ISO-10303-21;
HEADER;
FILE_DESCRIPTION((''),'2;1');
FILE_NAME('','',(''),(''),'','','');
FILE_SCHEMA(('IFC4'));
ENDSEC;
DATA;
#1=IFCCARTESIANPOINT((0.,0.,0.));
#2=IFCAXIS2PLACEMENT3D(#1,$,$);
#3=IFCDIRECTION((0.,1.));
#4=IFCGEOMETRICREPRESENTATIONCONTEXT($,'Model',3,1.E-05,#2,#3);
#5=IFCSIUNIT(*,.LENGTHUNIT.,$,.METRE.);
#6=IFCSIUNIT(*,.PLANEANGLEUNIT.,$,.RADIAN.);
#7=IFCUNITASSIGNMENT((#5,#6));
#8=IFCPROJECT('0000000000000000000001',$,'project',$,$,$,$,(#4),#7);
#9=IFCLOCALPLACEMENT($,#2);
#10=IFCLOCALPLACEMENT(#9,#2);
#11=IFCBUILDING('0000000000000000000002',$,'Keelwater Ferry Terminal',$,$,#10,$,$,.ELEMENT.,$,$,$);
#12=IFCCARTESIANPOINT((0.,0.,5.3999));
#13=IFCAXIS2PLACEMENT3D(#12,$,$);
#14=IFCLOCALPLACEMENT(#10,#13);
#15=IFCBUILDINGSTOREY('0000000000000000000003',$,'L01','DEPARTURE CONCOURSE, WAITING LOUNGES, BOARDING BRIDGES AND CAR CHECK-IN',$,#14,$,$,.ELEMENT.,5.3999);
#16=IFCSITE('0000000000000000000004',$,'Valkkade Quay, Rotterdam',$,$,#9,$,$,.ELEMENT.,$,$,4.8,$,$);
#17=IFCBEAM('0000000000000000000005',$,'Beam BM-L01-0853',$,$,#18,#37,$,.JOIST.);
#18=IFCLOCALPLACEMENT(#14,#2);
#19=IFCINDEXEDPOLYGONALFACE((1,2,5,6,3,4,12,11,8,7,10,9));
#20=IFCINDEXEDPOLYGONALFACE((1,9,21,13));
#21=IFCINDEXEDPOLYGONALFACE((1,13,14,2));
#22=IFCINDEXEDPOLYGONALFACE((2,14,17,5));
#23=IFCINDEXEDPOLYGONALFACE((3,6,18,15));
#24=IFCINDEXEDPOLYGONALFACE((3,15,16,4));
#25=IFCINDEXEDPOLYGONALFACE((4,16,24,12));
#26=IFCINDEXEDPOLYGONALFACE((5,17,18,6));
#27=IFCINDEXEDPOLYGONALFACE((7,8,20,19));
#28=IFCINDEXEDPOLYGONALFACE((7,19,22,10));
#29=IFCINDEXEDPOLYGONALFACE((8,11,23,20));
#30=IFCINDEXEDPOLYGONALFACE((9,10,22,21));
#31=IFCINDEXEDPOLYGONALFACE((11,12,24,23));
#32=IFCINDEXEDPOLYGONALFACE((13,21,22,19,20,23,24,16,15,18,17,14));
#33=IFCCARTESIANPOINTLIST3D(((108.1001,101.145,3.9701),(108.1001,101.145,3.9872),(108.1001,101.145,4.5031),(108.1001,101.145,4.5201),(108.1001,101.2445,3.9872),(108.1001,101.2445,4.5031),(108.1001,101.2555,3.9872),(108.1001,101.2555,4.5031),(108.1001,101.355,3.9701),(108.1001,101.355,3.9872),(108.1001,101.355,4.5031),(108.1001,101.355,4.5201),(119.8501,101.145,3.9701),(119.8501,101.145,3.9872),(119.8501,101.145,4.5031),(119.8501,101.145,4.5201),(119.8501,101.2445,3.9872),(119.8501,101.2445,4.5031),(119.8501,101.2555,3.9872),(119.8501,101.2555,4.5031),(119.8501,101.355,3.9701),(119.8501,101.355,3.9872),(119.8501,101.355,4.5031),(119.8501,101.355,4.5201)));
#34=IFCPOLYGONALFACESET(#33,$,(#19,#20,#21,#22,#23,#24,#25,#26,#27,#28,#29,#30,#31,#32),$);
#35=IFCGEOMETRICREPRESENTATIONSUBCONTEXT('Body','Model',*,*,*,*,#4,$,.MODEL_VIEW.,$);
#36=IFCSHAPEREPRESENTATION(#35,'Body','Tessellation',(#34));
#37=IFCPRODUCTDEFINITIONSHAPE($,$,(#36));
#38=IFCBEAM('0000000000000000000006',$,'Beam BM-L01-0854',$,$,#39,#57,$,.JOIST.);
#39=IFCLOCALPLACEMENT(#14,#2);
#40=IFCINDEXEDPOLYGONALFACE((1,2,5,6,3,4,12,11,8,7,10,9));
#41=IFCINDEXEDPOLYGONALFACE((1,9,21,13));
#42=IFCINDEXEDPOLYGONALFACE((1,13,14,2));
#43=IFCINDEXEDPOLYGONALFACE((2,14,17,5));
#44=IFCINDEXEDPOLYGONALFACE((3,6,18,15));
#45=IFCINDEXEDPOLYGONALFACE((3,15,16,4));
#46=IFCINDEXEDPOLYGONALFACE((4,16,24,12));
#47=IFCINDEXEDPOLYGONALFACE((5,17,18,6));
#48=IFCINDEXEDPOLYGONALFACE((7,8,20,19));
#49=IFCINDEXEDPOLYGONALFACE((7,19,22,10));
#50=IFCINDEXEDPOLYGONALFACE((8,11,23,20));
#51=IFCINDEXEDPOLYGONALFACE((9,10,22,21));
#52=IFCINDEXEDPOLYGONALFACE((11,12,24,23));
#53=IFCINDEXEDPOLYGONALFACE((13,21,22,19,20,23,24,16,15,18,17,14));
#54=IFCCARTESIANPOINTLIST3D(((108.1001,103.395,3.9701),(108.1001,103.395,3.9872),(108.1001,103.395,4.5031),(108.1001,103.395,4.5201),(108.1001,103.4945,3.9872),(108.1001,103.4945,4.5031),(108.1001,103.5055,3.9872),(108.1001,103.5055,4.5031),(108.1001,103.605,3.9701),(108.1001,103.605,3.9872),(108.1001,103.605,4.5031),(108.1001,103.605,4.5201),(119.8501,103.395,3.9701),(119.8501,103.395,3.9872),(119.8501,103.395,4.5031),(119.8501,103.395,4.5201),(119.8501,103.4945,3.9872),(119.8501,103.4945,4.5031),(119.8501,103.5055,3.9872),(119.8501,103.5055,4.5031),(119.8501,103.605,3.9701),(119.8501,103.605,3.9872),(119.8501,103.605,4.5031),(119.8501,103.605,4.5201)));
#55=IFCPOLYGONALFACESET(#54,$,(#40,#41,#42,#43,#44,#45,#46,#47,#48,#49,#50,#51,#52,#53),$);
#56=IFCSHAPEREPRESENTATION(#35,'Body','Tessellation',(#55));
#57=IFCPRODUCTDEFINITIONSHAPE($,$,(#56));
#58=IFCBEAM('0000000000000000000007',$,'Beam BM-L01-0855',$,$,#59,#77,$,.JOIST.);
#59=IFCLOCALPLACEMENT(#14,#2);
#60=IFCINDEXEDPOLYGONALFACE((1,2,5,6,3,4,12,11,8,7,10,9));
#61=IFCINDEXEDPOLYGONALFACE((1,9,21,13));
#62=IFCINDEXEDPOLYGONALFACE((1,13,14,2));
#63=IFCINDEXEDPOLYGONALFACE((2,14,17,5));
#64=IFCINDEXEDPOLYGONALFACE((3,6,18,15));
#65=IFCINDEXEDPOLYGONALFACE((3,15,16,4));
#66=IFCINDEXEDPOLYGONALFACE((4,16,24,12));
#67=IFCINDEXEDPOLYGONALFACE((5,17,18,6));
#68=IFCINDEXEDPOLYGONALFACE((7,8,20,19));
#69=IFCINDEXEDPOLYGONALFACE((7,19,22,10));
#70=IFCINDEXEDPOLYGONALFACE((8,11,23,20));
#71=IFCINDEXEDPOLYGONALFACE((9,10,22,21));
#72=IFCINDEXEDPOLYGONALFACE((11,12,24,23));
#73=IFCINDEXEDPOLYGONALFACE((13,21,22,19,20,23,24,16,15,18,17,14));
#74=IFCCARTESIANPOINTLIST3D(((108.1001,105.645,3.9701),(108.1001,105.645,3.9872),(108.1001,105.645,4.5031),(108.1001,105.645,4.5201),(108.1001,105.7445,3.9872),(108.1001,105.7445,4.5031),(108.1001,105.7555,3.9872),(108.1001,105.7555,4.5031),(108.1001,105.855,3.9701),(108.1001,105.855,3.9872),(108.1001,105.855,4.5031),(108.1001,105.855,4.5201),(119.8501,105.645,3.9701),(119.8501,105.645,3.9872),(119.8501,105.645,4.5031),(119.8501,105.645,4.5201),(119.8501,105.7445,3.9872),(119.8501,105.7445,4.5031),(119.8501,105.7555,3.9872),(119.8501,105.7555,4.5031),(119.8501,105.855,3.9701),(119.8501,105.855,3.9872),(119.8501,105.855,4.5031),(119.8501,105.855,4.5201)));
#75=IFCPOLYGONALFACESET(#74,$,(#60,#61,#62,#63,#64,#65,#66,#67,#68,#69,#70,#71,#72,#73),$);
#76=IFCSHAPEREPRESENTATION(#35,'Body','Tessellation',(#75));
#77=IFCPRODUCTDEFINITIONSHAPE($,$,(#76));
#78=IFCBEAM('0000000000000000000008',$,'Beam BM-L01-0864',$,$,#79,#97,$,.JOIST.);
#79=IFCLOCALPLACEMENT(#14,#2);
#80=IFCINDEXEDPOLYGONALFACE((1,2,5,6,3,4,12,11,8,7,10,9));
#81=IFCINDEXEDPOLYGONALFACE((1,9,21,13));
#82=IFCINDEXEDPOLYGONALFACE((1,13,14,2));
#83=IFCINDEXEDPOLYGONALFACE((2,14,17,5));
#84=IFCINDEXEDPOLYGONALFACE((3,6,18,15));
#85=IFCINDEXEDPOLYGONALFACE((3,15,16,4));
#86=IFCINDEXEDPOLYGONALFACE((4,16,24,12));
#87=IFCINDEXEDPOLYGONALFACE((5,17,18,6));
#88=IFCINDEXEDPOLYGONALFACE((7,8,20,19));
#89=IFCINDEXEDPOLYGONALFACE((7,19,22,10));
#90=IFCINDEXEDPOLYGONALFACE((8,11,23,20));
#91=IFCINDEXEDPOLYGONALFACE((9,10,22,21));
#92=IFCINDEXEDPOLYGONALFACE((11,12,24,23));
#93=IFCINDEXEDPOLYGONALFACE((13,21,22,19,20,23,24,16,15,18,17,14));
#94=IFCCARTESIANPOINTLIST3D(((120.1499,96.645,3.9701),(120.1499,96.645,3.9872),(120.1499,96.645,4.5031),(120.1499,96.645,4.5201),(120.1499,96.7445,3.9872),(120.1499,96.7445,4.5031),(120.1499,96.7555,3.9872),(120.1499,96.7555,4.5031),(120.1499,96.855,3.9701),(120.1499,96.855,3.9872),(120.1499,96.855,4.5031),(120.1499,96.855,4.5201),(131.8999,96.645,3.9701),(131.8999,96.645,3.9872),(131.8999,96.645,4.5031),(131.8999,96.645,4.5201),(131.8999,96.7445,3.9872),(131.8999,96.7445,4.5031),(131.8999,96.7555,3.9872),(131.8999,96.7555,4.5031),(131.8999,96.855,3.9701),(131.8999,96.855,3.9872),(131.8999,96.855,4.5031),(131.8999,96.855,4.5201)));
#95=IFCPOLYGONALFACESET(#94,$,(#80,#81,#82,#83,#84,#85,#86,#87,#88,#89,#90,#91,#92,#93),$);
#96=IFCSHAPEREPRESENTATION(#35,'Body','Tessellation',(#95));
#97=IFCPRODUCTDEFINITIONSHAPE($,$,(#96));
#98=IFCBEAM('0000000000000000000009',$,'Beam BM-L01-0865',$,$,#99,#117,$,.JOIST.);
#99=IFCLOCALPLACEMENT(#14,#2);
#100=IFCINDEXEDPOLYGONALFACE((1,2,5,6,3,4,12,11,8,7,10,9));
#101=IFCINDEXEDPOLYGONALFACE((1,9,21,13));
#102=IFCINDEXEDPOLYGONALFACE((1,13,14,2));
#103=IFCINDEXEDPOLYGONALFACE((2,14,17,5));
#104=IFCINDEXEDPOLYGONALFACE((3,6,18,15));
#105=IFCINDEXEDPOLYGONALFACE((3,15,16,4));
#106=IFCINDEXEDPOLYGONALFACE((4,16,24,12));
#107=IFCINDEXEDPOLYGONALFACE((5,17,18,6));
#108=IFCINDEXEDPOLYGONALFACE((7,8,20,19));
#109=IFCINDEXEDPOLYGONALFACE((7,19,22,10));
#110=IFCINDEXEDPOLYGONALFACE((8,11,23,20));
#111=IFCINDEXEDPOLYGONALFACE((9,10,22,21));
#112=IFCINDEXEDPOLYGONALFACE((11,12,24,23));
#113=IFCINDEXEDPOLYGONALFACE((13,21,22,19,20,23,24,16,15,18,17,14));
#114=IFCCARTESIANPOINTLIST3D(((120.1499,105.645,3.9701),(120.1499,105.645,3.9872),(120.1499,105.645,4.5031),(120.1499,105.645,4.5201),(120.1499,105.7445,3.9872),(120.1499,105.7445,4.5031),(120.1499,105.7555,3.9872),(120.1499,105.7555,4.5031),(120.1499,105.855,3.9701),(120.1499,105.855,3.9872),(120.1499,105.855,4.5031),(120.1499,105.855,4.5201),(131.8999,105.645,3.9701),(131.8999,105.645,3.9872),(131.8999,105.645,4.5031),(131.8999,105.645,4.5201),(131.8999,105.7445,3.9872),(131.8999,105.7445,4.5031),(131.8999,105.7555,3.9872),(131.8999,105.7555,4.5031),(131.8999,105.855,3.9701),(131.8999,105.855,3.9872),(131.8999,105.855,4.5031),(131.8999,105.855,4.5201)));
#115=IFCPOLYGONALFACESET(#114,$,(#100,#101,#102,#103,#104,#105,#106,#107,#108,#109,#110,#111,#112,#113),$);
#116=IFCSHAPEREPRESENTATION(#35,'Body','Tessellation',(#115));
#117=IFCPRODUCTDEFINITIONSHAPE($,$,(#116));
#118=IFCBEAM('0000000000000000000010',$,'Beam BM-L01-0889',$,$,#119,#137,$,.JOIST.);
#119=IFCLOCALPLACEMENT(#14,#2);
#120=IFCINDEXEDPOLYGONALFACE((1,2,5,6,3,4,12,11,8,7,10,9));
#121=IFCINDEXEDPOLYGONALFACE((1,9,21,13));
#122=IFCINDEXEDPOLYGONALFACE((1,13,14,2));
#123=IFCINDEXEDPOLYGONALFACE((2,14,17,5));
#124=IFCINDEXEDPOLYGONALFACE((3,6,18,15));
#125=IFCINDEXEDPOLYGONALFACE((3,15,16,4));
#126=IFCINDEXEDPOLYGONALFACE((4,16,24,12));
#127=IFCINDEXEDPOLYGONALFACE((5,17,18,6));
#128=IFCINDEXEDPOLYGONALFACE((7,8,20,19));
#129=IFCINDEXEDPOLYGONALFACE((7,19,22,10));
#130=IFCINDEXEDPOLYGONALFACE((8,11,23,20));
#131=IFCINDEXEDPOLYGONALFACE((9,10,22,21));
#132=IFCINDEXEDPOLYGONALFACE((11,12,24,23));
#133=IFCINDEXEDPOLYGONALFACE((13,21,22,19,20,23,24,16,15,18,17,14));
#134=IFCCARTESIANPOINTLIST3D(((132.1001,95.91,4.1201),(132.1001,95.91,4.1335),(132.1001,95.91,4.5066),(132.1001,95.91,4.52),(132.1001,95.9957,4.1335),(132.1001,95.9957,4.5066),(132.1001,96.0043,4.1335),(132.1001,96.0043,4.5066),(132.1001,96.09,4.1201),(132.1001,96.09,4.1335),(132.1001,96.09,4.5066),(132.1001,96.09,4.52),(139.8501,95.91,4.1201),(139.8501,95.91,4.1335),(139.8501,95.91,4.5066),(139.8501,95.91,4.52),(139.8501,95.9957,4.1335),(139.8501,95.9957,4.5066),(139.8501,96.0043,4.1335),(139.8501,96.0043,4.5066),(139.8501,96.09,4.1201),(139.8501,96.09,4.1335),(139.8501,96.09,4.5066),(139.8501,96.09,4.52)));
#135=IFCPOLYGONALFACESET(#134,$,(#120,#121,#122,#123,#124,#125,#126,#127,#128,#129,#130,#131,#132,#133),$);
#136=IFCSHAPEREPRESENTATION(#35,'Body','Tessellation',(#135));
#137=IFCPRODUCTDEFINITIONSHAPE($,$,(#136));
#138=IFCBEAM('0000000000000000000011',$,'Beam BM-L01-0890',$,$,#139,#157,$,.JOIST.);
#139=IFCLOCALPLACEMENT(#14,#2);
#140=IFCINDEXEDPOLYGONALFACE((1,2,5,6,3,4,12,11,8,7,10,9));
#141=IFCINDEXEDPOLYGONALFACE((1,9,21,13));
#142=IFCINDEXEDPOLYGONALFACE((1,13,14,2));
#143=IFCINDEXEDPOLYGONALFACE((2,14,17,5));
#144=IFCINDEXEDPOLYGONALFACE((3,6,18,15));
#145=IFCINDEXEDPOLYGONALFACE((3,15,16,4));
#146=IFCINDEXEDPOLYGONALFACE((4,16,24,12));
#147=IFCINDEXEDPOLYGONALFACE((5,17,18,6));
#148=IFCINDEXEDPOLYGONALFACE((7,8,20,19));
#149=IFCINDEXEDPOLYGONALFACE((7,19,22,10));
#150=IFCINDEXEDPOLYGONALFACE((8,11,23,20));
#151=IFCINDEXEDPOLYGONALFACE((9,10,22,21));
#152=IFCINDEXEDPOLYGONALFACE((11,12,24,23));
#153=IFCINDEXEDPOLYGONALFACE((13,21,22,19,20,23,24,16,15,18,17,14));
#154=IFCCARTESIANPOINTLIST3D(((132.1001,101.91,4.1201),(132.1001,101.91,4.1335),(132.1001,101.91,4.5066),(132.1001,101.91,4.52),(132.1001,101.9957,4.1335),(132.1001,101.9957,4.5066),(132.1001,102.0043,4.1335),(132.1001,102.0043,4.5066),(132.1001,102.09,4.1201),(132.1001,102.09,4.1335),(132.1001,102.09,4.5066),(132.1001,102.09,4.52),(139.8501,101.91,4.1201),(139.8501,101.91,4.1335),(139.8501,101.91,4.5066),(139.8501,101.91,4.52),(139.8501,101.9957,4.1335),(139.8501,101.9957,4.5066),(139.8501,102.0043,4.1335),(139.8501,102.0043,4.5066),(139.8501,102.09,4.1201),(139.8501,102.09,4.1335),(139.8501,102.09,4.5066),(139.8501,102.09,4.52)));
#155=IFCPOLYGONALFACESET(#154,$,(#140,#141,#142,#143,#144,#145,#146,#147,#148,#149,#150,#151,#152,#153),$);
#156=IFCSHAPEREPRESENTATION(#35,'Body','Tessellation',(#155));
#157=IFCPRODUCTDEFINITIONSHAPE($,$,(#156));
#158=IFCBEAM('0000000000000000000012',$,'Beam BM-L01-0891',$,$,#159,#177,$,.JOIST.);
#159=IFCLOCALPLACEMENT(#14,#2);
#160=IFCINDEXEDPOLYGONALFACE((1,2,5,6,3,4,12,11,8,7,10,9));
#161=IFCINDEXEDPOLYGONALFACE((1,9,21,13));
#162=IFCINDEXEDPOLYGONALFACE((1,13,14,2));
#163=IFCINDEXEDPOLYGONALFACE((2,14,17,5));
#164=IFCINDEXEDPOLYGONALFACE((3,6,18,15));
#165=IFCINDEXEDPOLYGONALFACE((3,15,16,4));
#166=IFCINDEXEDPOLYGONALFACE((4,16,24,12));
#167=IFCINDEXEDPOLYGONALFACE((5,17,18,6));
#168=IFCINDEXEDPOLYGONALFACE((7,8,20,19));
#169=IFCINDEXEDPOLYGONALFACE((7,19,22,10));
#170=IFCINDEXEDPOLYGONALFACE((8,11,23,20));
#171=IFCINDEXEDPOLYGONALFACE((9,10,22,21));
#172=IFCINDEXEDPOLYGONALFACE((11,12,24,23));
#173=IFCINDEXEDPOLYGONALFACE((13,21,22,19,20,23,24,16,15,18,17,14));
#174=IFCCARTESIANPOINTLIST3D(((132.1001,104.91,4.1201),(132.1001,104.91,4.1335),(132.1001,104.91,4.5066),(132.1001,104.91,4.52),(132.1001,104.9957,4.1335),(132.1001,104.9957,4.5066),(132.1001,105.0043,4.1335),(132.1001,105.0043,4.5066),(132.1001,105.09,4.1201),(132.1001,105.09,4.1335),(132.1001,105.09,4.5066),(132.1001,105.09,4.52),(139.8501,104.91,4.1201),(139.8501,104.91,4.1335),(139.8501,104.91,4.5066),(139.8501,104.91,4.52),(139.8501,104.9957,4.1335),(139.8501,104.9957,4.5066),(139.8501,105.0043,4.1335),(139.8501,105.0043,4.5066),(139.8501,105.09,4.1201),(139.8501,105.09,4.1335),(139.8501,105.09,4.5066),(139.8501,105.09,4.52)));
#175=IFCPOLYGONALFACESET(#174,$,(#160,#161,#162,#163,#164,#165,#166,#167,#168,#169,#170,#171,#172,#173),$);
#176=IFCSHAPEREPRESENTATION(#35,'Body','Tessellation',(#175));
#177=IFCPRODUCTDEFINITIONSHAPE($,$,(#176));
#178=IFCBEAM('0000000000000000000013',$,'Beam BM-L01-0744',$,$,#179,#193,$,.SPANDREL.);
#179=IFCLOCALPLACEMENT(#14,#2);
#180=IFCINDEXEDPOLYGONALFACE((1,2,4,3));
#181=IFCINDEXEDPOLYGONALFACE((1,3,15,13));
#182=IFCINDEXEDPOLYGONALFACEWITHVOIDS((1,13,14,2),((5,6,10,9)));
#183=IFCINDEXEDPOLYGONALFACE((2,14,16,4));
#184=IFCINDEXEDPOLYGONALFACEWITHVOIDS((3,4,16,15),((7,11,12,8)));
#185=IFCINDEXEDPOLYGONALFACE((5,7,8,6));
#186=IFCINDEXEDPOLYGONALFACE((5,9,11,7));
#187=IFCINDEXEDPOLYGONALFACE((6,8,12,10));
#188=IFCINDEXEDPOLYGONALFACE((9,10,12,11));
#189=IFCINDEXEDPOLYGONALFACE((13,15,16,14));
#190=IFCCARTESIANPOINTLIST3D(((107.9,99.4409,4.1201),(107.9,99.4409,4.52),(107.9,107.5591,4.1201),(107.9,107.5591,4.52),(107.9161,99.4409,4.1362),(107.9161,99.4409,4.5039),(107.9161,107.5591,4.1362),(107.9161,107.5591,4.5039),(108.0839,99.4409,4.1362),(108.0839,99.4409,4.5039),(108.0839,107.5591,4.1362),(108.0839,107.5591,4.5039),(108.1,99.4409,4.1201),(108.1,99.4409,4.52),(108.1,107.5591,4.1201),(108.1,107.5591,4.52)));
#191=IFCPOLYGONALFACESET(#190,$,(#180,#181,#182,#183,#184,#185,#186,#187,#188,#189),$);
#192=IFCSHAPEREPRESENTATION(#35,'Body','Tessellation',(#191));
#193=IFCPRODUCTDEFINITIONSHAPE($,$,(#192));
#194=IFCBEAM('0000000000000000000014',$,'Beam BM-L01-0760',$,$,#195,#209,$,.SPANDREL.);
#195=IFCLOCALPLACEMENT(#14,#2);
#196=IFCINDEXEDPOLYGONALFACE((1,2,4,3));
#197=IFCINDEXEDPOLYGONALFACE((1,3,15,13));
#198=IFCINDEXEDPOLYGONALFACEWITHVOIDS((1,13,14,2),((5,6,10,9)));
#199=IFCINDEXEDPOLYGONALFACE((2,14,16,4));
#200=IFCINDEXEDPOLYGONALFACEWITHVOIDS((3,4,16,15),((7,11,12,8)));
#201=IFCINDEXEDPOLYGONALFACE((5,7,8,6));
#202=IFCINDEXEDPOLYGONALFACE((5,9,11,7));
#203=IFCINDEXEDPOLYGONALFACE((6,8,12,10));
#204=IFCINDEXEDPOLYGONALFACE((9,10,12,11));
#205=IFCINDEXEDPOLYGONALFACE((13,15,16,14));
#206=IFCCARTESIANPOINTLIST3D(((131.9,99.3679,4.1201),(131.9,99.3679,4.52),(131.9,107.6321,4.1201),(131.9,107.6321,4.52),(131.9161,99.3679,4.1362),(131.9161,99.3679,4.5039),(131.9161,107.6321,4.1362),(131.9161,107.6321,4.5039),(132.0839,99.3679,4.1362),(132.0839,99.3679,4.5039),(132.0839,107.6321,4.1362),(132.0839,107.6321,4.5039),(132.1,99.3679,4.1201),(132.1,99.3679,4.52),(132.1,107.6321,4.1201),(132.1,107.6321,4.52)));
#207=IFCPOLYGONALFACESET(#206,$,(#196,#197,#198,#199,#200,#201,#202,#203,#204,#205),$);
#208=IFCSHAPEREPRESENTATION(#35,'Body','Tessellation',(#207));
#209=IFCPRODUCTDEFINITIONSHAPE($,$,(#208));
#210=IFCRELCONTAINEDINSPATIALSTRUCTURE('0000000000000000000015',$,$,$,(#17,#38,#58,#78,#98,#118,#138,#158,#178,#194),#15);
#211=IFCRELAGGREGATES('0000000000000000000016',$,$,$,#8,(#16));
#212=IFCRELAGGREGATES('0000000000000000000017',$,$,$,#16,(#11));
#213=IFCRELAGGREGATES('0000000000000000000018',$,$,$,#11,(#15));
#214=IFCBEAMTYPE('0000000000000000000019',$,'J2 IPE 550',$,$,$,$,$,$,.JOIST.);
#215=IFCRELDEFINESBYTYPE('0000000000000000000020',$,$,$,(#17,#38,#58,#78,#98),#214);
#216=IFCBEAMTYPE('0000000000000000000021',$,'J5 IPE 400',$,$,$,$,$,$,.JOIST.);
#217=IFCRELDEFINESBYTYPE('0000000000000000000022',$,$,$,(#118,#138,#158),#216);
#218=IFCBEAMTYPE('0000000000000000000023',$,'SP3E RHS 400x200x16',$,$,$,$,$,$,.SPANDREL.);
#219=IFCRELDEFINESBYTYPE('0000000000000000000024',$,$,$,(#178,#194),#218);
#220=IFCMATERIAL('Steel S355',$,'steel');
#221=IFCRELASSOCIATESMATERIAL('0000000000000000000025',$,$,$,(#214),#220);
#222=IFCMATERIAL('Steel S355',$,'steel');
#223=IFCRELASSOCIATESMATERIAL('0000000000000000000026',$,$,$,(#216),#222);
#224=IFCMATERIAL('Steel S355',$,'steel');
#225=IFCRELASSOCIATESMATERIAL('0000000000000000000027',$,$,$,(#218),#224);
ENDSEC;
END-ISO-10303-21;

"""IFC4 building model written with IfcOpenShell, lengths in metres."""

from ifc_helpers import new_model, si_unit, direction, frame, origin, origin_2d, place, context, subcontext, project, spatial, hollow_rectangle, i_section, extrude, material, material_profile, profile_set, type_object, element, save


model = new_model("IFC4")

# Units and contexts
model_context = context("Model", 3, precision=1e-05, world=origin(), true_north=direction((0.0, 1.0)))
body_context = subcontext(model_context, "Body", "Model", "MODEL_VIEW")
ifc_project = project(units=[si_unit("LENGTHUNIT", "METRE"), si_unit("PLANEANGLEUNIT", "RADIAN")], contexts=[model_context])

# Site, building, storey
site_placement = place(None, origin())
site = spatial("IfcSite", under=ifc_project, at=site_placement, Name="Valkkade Quay, Rotterdam", CompositionType="ELEMENT", RefElevation=4.8)
building_placement = place(site_placement, origin())
building = spatial("IfcBuilding", under=site, at=building_placement, Name="Keelwater Ferry Terminal", CompositionType="ELEMENT")
storey_placement = place(building_placement, frame((0.0, 0.0, 5.3999)))
storey = spatial("IfcBuildingStorey", under=building, at=storey_placement, Name="L01", Description="DEPARTURE CONCOURSE, WAITING LOUNGES, BOARDING BRIDGES AND CAR CHECK-IN", CompositionType="ELEMENT", Elevation=5.3999)

# Beams
ifc_material_1 = material(Name="Steel S355", Category="steel")
ifc_material_profile_1 = material_profile(ifc_material_1, i_section(OverallWidth=0.21, OverallDepth=0.55, WebThickness=0.011, FlangeThickness=0.0171, at=origin_2d()), Name="IPE 550")
ifc_profile_set_1 = profile_set([ifc_material_profile_1], Name="Steel S355")
beam_type_1 = type_object("IfcBeamType", Name="J2 IPE 550", PredefinedType="JOIST", material=ifc_profile_set_1)
for number, where, z_axis, x_axis, name in (
    (1, (108.1001, 101.25, 4.2451), (1.0, 0.0, 0.0), (0.0, 1.0, 0.0), "Beam BM-L01-0853"),
    (2, (108.1001, 103.5, 4.2451), (1.0, 0.0, 0.0), (0.0, 1.0, 0.0), "Beam BM-L01-0854"),
    (3, (108.1001, 105.75, 4.2451), (1.0, 0.0, 0.0), (0.0, 1.0, 0.0), "Beam BM-L01-0855"),
    (4, (120.1499, 96.75, 4.2451), (1.0, 0.0, 0.0), (0.0, 1.0, 0.0), "Beam BM-L01-0864"),
    (5, (120.1499, 105.75, 4.2451), (1.0, 0.0, 0.0), (0.0, 1.0, 0.0), "Beam BM-L01-0865"),
):
    element("IfcBeam", number, at=place(storey_placement, frame(where, z_axis=z_axis, x_axis=x_axis)), inside=storey, type_object=beam_type_1, Name=name, PredefinedType="JOIST", context=body_context, shape_type="SweptSolid", body=[
        extrude(i_section(OverallWidth=0.21, OverallDepth=0.55, WebThickness=0.011, FlangeThickness=0.0171, at=origin_2d()), origin(), (0.0, 0.0, 1.0), 11.75),
    ])
ifc_material_2 = material(Name="Steel S355", Category="steel")
ifc_material_profile_2 = material_profile(ifc_material_2, i_section(OverallWidth=0.1799, OverallDepth=0.3999, WebThickness=0.0085, FlangeThickness=0.0134, at=origin_2d()), Name="IPE 400")
ifc_profile_set_2 = profile_set([ifc_material_profile_2], Name="Steel S355")
beam_type_2 = type_object("IfcBeamType", Name="J5 IPE 400", PredefinedType="JOIST", material=ifc_profile_set_2)
for number, where, z_axis, x_axis, name in (
    (6, (132.1001, 96.0, 4.3201), (1.0, 0.0, 0.0), (0.0, 1.0, 0.0), "Beam BM-L01-0889"),
    (7, (132.1001, 102.0, 4.3201), (1.0, 0.0, 0.0), (0.0, 1.0, 0.0), "Beam BM-L01-0890"),
    (8, (132.1001, 105.0, 4.3201), (1.0, 0.0, 0.0), (0.0, 1.0, 0.0), "Beam BM-L01-0891"),
):
    element("IfcBeam", number, at=place(storey_placement, frame(where, z_axis=z_axis, x_axis=x_axis)), inside=storey, type_object=beam_type_2, Name=name, PredefinedType="JOIST", context=body_context, shape_type="SweptSolid", body=[
        extrude(i_section(OverallWidth=0.1799, OverallDepth=0.3999, WebThickness=0.0085, FlangeThickness=0.0134, at=origin_2d()), origin(), (0.0, 0.0, 1.0), 7.75),
    ])
ifc_material_3 = material(Name="Steel S355", Category="steel")
ifc_material_profile_3 = material_profile(ifc_material_3, hollow_rectangle(XDim=0.2, YDim=0.3999, WallThickness=0.0161, at=origin_2d()), Name="RHS 400x200x16")
ifc_profile_set_3 = profile_set([ifc_material_profile_3], Name="Steel S355")
beam_type_3 = type_object("IfcBeamType", Name="SP3E RHS 400x200x16", PredefinedType="SPANDREL", material=ifc_profile_set_3)
beam_1_placement = place(storey_placement, frame((108.0, 99.4409, 4.3201), z_axis=(0.0, 1.0, 0.0), x_axis=(-1.0, 0.0, 0.0)))
element("IfcBeam", 9, at=beam_1_placement, inside=storey, type_object=beam_type_3, Name="Beam BM-L01-0744", PredefinedType="SPANDREL", context=body_context, shape_type="SweptSolid", body=[
    extrude(hollow_rectangle(XDim=0.2, YDim=0.3999, WallThickness=0.0161, at=origin_2d()), origin(), (0.0, 0.0, 1.0), 8.1182),
])
beam_2_placement = place(storey_placement, frame((132.0, 99.3679, 4.3201), z_axis=(0.0, 1.0, 0.0), x_axis=(-1.0, 0.0, 0.0)))
element("IfcBeam", 10, at=beam_2_placement, inside=storey, type_object=beam_type_3, Name="Beam BM-L01-0760", PredefinedType="SPANDREL", context=body_context, shape_type="SweptSolid", body=[
    extrude(hollow_rectangle(XDim=0.2, YDim=0.3999, WallThickness=0.0161, at=origin_2d()), origin(), (0.0, 0.0, 1.0), 8.2642),
])

save(model, "model.ifc")
